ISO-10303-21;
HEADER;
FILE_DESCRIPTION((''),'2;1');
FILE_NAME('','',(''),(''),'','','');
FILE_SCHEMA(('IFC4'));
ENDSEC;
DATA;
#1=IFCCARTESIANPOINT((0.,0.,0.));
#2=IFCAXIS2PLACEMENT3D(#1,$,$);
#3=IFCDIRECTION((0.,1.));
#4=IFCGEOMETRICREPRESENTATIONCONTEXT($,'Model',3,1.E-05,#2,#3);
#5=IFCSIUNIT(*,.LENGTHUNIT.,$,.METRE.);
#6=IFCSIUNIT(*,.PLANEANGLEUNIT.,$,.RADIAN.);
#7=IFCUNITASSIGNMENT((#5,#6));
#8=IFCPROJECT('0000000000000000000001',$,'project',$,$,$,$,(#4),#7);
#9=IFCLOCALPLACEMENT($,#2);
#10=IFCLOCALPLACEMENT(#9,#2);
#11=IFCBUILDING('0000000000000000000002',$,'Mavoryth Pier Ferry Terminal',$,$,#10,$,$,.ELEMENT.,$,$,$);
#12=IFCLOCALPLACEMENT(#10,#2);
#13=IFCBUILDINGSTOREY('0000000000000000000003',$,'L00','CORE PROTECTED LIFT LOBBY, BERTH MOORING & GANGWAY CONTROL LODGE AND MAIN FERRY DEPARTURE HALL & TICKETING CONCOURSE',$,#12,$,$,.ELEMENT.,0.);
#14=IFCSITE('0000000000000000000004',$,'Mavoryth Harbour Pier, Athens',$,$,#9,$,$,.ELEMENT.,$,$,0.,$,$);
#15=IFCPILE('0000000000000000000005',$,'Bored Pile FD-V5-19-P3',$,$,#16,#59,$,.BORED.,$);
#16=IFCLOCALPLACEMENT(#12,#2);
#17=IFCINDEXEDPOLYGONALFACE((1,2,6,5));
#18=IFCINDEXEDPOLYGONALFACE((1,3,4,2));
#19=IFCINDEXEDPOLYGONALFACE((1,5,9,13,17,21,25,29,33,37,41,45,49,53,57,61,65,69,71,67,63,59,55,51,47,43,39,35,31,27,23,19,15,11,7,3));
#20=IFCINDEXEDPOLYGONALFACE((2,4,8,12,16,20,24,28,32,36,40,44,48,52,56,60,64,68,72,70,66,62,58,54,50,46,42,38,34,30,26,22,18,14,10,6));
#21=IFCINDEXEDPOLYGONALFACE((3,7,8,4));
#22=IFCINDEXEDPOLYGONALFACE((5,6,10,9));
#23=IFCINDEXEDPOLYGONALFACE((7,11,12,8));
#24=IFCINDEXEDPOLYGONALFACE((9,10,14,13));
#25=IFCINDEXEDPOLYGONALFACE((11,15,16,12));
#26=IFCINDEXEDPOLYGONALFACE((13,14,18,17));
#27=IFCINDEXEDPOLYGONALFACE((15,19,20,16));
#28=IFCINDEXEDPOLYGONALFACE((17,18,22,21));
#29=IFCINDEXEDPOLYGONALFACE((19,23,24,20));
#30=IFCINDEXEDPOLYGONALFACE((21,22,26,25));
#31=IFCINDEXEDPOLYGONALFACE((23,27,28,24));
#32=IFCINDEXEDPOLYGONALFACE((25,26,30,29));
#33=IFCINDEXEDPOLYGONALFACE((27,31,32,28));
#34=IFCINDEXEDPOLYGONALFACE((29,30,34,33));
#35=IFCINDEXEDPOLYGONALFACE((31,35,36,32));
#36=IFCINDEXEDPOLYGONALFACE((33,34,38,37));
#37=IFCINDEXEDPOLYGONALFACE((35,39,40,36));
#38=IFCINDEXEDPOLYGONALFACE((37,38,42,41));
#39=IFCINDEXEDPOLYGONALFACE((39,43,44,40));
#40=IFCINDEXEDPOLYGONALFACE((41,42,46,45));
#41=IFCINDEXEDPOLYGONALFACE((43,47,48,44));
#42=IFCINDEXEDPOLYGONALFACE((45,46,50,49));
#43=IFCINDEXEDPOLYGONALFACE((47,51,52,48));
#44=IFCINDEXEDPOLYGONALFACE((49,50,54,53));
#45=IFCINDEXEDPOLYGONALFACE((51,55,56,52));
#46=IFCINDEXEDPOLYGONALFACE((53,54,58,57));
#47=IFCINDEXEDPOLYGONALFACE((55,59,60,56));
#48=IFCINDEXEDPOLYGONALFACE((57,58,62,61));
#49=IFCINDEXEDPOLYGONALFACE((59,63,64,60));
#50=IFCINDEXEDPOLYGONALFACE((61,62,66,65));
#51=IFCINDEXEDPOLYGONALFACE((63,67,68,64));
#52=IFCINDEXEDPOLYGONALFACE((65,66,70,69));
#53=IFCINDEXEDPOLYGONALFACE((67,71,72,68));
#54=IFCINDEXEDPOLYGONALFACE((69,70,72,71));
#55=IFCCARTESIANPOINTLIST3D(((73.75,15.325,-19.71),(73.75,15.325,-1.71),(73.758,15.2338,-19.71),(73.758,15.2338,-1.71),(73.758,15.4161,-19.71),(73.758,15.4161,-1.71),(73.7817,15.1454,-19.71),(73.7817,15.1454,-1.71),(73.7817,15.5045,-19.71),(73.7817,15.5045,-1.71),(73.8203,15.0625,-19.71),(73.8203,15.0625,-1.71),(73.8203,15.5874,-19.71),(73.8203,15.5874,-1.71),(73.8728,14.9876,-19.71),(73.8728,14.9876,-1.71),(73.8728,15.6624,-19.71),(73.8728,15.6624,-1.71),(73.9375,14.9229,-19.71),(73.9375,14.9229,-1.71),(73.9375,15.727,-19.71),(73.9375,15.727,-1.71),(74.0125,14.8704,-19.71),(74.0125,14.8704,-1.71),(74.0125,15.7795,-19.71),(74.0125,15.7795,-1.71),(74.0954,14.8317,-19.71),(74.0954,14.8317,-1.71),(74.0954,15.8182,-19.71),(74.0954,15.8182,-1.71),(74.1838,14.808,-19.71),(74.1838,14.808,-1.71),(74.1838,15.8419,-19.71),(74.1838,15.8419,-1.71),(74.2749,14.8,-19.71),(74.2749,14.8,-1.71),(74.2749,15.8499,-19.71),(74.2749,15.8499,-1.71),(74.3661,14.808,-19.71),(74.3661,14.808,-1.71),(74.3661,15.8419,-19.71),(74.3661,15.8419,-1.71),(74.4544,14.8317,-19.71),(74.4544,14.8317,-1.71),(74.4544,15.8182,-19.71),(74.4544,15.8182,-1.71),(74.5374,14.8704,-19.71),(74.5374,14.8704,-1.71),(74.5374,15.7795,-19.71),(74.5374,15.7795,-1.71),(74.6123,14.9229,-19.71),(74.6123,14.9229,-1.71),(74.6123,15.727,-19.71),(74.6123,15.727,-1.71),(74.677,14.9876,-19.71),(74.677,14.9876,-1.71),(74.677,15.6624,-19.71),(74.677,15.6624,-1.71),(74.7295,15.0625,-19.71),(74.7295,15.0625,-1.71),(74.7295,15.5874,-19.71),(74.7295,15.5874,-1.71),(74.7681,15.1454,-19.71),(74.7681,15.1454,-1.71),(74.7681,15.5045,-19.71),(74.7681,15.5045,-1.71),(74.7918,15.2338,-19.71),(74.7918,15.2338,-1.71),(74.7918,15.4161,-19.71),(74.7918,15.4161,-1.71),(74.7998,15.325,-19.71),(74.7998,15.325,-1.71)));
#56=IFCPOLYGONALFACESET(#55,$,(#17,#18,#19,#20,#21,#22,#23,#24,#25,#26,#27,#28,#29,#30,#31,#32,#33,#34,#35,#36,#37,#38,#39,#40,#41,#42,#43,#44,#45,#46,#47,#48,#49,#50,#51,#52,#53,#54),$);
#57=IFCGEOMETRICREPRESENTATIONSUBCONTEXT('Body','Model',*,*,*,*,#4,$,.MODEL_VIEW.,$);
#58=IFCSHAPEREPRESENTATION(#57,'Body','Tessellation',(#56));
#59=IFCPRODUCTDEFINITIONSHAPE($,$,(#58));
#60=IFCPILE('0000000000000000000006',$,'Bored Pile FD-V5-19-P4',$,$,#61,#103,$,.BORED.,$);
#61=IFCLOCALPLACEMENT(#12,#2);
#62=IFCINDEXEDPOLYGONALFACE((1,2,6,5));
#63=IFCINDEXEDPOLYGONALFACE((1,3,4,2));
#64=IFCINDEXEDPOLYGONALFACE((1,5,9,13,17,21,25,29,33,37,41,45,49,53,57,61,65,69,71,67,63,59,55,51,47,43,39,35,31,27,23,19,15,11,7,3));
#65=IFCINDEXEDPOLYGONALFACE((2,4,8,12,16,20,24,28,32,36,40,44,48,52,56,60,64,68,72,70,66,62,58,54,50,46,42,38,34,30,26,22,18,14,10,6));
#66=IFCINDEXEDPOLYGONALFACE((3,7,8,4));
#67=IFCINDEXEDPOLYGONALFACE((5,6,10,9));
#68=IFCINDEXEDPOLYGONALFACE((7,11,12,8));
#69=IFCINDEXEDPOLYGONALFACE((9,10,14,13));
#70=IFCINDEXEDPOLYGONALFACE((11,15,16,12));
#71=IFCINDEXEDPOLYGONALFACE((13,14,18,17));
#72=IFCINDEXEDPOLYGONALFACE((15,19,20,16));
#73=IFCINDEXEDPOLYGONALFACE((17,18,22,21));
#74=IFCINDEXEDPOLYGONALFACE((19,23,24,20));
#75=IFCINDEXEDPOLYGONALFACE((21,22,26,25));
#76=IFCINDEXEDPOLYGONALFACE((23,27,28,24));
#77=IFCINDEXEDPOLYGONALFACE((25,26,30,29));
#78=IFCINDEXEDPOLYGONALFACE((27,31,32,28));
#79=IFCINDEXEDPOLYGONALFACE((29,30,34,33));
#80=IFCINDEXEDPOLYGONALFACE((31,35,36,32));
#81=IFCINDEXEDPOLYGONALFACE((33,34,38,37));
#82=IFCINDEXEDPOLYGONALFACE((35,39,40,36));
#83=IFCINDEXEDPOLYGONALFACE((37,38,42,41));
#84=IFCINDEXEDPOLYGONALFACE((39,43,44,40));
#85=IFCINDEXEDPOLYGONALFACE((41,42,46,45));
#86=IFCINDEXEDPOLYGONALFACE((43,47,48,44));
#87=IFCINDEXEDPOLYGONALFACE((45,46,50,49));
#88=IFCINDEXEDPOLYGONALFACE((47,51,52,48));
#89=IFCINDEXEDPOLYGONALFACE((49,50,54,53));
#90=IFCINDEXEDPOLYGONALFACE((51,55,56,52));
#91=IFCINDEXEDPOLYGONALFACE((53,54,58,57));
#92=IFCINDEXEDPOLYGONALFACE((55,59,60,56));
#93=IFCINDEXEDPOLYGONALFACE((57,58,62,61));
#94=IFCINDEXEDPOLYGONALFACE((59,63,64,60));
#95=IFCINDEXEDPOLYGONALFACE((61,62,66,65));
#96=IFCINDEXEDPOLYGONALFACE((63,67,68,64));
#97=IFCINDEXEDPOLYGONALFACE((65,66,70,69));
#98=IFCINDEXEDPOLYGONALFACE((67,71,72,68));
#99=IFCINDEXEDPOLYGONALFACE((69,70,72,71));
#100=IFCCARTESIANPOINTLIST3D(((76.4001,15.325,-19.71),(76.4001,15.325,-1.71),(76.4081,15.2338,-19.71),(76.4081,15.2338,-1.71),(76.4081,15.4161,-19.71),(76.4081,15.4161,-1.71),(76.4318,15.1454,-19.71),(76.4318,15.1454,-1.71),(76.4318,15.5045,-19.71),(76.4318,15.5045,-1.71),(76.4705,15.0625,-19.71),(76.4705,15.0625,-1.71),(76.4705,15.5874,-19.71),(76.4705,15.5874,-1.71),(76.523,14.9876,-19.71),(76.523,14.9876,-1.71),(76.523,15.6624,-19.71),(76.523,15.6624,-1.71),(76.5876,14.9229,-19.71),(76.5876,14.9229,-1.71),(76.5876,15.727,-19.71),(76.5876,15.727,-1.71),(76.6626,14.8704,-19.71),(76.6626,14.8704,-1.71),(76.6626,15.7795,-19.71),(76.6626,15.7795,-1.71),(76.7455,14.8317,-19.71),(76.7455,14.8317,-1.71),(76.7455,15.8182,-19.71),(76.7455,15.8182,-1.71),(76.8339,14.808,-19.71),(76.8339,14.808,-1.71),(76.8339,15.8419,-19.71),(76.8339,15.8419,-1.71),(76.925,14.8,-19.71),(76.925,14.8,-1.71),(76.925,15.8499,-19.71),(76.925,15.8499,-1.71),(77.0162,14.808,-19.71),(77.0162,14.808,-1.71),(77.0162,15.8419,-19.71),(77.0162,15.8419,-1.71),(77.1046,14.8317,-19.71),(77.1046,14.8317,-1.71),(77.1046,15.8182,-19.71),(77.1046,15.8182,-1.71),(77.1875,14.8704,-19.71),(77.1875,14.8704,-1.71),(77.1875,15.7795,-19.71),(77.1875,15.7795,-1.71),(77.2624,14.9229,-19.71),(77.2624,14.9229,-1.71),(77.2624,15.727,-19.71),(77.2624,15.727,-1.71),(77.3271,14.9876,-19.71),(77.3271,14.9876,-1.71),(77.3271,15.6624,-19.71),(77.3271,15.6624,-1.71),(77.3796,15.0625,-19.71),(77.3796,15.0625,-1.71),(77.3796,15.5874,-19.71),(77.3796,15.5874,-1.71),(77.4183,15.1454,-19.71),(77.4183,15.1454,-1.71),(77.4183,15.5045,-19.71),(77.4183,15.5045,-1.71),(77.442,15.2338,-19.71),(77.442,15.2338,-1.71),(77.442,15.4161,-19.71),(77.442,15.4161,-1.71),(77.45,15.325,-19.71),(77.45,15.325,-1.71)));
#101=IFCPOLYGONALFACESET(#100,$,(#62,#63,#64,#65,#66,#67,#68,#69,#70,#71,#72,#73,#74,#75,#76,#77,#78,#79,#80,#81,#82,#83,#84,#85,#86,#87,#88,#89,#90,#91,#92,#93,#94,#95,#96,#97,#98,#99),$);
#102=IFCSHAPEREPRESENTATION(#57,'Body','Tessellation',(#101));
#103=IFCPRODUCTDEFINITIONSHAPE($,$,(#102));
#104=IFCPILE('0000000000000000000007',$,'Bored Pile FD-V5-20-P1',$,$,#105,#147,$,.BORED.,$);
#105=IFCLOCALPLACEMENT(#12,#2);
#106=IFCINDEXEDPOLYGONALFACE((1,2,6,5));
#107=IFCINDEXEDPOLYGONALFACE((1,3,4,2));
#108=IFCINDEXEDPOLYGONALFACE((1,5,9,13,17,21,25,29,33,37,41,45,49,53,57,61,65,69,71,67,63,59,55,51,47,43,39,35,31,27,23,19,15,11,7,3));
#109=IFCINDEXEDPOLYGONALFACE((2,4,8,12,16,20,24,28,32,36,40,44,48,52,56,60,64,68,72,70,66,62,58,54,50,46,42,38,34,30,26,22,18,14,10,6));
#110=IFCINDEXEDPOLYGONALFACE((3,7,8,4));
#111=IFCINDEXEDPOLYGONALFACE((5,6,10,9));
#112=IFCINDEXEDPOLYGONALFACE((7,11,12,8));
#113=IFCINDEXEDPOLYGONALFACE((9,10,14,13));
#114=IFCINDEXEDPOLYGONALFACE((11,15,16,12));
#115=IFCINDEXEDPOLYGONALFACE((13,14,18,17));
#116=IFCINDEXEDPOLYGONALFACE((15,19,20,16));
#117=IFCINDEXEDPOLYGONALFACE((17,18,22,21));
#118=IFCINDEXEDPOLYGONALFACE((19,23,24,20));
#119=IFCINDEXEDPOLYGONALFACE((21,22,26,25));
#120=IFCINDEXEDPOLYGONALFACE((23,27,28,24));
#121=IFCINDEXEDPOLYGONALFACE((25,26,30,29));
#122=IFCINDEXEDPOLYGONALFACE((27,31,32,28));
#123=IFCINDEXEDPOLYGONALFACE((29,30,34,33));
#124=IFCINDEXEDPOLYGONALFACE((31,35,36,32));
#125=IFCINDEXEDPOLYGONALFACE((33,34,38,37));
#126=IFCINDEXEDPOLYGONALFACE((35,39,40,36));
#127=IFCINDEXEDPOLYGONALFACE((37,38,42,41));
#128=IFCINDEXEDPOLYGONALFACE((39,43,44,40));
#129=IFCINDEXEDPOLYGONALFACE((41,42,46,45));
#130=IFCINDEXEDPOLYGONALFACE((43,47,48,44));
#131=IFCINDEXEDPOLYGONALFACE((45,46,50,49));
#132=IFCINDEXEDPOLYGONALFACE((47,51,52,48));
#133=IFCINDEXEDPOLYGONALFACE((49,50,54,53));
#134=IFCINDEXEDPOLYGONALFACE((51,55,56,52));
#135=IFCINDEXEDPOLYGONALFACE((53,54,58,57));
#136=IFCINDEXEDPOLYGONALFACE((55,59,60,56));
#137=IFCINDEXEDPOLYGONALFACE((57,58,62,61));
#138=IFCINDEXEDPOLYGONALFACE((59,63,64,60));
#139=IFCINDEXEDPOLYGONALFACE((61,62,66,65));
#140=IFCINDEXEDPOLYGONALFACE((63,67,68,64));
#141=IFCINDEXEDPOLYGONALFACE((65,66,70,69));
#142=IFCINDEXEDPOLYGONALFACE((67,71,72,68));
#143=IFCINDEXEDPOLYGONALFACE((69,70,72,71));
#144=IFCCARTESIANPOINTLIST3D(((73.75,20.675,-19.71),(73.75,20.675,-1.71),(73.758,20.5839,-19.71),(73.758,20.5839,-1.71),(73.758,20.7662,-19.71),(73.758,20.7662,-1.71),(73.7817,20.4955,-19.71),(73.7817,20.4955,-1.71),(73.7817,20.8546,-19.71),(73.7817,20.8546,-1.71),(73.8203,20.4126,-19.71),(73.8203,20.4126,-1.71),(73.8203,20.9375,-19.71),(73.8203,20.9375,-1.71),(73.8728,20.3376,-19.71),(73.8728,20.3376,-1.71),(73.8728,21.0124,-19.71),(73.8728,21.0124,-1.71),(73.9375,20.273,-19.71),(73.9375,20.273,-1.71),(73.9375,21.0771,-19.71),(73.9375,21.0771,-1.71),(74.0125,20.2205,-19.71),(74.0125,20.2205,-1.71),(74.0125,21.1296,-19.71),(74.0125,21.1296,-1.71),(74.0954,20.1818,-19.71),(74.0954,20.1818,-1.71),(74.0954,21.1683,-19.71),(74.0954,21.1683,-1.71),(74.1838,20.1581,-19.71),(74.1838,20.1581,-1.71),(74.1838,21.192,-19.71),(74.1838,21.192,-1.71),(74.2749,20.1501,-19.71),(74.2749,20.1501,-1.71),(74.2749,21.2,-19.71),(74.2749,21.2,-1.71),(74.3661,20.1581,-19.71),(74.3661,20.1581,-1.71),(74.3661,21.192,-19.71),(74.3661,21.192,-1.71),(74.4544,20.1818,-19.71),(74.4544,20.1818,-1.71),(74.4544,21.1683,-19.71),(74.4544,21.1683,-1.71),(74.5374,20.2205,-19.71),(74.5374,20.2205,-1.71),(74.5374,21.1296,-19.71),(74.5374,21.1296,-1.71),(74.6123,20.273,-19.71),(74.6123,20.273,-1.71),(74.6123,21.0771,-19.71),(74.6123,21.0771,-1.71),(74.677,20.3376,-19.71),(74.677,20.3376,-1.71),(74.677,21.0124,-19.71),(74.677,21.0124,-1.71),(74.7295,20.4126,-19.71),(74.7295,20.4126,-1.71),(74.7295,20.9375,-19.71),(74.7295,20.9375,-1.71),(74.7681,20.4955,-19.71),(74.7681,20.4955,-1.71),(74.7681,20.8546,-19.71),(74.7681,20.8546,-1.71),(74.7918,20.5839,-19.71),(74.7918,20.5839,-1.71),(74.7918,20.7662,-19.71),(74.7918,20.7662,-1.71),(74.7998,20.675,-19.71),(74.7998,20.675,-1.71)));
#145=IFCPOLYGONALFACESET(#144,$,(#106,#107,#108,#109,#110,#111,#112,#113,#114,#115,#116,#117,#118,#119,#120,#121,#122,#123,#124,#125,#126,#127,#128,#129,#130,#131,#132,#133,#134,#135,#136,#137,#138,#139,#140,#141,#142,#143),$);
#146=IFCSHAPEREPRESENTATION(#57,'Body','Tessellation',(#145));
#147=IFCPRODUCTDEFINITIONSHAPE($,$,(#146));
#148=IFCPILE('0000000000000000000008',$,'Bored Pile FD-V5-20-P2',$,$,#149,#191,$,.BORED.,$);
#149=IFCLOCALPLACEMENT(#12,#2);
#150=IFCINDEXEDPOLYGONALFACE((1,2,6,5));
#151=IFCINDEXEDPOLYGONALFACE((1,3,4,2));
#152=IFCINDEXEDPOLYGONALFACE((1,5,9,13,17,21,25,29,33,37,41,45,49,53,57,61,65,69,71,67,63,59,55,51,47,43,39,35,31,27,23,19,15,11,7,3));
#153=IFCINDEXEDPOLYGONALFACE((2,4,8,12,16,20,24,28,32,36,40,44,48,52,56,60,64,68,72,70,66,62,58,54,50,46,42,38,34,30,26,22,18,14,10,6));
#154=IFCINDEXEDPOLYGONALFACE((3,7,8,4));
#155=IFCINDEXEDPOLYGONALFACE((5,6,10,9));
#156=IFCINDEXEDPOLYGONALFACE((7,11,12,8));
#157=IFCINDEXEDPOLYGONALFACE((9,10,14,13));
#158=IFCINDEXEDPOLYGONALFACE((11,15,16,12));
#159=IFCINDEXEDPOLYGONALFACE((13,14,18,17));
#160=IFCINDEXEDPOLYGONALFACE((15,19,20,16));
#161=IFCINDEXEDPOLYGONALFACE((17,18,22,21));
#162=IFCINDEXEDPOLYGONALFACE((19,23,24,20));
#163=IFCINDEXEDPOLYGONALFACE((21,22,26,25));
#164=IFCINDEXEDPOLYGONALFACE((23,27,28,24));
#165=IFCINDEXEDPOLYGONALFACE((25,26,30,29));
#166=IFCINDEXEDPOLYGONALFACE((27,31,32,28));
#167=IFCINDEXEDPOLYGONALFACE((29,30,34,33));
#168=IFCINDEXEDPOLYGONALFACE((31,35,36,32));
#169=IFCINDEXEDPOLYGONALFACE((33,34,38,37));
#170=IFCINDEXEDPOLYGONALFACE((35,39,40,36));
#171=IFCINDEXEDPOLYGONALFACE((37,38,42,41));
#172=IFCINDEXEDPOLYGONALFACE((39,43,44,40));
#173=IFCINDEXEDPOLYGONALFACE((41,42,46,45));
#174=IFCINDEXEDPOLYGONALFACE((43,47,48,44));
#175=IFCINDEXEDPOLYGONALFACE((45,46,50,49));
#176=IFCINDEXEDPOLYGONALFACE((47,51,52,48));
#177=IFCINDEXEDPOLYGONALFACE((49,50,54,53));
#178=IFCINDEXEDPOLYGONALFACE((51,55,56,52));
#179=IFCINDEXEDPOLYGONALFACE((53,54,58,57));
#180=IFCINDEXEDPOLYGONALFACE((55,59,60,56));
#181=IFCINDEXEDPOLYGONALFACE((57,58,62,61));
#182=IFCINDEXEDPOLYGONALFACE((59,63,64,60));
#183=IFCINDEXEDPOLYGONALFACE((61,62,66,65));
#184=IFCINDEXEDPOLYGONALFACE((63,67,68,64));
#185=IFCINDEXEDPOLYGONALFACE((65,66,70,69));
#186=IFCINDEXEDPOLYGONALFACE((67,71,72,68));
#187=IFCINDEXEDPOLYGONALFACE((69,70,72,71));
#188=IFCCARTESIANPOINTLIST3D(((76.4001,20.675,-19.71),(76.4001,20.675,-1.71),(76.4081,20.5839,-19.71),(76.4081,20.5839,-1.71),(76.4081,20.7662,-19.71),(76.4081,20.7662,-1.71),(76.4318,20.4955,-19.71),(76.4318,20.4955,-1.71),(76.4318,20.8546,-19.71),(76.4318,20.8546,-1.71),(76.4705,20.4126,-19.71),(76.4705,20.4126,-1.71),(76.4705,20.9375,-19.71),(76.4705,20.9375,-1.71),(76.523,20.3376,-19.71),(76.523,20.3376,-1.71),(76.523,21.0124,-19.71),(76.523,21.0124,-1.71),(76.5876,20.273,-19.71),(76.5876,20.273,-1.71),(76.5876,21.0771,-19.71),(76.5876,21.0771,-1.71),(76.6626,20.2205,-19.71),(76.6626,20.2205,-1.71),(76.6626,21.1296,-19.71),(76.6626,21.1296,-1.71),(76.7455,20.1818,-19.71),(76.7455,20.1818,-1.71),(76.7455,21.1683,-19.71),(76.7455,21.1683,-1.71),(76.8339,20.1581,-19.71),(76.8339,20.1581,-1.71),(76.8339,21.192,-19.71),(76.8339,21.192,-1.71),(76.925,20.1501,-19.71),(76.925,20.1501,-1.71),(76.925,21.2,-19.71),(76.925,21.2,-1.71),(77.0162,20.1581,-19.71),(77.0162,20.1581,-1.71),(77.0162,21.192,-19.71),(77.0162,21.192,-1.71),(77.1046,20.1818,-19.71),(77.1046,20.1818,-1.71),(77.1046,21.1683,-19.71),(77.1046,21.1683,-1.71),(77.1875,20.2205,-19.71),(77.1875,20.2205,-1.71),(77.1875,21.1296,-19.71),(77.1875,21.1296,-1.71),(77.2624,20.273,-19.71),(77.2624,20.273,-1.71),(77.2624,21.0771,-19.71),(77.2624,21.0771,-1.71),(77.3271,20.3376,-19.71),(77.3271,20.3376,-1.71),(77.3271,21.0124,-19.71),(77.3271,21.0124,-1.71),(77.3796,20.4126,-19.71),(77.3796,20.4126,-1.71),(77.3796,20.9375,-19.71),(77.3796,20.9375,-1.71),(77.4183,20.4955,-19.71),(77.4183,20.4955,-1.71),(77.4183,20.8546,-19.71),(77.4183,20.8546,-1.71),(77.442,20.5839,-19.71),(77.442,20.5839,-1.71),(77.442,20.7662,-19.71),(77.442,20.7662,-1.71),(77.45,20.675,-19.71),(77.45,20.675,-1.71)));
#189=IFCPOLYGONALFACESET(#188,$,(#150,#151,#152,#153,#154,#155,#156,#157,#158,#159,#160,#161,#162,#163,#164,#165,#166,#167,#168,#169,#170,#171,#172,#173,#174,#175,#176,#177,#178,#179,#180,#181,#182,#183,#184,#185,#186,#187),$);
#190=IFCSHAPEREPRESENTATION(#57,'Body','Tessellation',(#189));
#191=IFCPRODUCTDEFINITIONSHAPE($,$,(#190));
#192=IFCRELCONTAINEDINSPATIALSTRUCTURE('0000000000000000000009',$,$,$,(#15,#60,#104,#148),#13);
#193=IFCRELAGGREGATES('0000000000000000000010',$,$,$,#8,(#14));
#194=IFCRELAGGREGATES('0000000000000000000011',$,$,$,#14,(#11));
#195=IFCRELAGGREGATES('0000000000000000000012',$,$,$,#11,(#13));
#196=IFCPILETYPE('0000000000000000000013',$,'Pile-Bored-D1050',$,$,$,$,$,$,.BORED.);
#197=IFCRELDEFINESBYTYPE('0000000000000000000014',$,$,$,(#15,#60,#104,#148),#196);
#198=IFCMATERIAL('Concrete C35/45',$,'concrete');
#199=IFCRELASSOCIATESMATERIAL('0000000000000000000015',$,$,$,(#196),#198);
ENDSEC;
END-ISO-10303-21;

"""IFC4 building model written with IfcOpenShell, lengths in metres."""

from ifc_helpers import new_model, si_unit, direction, frame, origin, origin_2d, place, context, subcontext, project, spatial, circle, extrude, material, material_profile, profile_set, type_object, element, save


model = new_model("IFC4")

# Units and contexts
model_context = context("Model", 3, precision=1e-05, world=origin(), true_north=direction((0.0, 1.0)))
body_context = subcontext(model_context, "Body", "Model", "MODEL_VIEW")
ifc_project = project(units=[si_unit("LENGTHUNIT", "METRE"), si_unit("PLANEANGLEUNIT", "RADIAN")], contexts=[model_context])

# Site, building, storey
site_placement = place(None, origin())
site = spatial("IfcSite", under=ifc_project, at=site_placement, Name="Mavoryth Harbour Pier, Athens", CompositionType="ELEMENT", RefElevation=0.0)
building_placement = place(site_placement, origin())
building = spatial("IfcBuilding", under=site, at=building_placement, Name="Mavoryth Pier Ferry Terminal", CompositionType="ELEMENT")
storey_placement = place(building_placement, origin())
storey = spatial("IfcBuildingStorey", under=building, at=storey_placement, Name="L00", Description="CORE PROTECTED LIFT LOBBY, BERTH MOORING & GANGWAY CONTROL LODGE AND MAIN FERRY DEPARTURE HALL & TICKETING CONCOURSE", CompositionType="ELEMENT", Elevation=0.0)

# Shared definitions
ifc_material_1 = material(Name="Concrete C35/45", Category="concrete")

# Piles
ifc_material_profile_1 = material_profile(ifc_material_1, circle(Radius=0.5249, at=origin_2d()), Name="PILE D1050", Category="concrete")
ifc_profile_set_1 = profile_set([ifc_material_profile_1], Name="Concrete C35/45 - PILE D1050")
pile_type_1 = type_object("IfcPileType", Name="Pile-Bored-D1050", PredefinedType="BORED", material=ifc_profile_set_1)
for number, where, z_axis, x_axis, name in (
    (1, (74.2749, 15.325, -1.71), (0.0, 0.0, -1.0), (1.0, 0.0, 0.0), "Bored Pile FD-V5-19-P3"),
    (2, (76.925, 15.325, -1.71), (0.0, 0.0, -1.0), (1.0, 0.0, 0.0), "Bored Pile FD-V5-19-P4"),
    (3, (74.2749, 20.675, -1.71), (0.0, 0.0, -1.0), (1.0, 0.0, 0.0), "Bored Pile FD-V5-20-P1"),
    (4, (76.925, 20.675, -1.71), (0.0, 0.0, -1.0), (1.0, 0.0, 0.0), "Bored Pile FD-V5-20-P2"),
):
    element("IfcPile", number, at=place(storey_placement, frame(where, z_axis=z_axis, x_axis=x_axis)), inside=storey, type_object=pile_type_1, Name=name, PredefinedType="BORED", context=body_context, shape_type="SweptSolid", body=[
        extrude(circle(Radius=0.5249, at=origin_2d()), origin(), (0.0, 0.0, 1.0), 18.0),
    ])

save(model, "model.ifc")
